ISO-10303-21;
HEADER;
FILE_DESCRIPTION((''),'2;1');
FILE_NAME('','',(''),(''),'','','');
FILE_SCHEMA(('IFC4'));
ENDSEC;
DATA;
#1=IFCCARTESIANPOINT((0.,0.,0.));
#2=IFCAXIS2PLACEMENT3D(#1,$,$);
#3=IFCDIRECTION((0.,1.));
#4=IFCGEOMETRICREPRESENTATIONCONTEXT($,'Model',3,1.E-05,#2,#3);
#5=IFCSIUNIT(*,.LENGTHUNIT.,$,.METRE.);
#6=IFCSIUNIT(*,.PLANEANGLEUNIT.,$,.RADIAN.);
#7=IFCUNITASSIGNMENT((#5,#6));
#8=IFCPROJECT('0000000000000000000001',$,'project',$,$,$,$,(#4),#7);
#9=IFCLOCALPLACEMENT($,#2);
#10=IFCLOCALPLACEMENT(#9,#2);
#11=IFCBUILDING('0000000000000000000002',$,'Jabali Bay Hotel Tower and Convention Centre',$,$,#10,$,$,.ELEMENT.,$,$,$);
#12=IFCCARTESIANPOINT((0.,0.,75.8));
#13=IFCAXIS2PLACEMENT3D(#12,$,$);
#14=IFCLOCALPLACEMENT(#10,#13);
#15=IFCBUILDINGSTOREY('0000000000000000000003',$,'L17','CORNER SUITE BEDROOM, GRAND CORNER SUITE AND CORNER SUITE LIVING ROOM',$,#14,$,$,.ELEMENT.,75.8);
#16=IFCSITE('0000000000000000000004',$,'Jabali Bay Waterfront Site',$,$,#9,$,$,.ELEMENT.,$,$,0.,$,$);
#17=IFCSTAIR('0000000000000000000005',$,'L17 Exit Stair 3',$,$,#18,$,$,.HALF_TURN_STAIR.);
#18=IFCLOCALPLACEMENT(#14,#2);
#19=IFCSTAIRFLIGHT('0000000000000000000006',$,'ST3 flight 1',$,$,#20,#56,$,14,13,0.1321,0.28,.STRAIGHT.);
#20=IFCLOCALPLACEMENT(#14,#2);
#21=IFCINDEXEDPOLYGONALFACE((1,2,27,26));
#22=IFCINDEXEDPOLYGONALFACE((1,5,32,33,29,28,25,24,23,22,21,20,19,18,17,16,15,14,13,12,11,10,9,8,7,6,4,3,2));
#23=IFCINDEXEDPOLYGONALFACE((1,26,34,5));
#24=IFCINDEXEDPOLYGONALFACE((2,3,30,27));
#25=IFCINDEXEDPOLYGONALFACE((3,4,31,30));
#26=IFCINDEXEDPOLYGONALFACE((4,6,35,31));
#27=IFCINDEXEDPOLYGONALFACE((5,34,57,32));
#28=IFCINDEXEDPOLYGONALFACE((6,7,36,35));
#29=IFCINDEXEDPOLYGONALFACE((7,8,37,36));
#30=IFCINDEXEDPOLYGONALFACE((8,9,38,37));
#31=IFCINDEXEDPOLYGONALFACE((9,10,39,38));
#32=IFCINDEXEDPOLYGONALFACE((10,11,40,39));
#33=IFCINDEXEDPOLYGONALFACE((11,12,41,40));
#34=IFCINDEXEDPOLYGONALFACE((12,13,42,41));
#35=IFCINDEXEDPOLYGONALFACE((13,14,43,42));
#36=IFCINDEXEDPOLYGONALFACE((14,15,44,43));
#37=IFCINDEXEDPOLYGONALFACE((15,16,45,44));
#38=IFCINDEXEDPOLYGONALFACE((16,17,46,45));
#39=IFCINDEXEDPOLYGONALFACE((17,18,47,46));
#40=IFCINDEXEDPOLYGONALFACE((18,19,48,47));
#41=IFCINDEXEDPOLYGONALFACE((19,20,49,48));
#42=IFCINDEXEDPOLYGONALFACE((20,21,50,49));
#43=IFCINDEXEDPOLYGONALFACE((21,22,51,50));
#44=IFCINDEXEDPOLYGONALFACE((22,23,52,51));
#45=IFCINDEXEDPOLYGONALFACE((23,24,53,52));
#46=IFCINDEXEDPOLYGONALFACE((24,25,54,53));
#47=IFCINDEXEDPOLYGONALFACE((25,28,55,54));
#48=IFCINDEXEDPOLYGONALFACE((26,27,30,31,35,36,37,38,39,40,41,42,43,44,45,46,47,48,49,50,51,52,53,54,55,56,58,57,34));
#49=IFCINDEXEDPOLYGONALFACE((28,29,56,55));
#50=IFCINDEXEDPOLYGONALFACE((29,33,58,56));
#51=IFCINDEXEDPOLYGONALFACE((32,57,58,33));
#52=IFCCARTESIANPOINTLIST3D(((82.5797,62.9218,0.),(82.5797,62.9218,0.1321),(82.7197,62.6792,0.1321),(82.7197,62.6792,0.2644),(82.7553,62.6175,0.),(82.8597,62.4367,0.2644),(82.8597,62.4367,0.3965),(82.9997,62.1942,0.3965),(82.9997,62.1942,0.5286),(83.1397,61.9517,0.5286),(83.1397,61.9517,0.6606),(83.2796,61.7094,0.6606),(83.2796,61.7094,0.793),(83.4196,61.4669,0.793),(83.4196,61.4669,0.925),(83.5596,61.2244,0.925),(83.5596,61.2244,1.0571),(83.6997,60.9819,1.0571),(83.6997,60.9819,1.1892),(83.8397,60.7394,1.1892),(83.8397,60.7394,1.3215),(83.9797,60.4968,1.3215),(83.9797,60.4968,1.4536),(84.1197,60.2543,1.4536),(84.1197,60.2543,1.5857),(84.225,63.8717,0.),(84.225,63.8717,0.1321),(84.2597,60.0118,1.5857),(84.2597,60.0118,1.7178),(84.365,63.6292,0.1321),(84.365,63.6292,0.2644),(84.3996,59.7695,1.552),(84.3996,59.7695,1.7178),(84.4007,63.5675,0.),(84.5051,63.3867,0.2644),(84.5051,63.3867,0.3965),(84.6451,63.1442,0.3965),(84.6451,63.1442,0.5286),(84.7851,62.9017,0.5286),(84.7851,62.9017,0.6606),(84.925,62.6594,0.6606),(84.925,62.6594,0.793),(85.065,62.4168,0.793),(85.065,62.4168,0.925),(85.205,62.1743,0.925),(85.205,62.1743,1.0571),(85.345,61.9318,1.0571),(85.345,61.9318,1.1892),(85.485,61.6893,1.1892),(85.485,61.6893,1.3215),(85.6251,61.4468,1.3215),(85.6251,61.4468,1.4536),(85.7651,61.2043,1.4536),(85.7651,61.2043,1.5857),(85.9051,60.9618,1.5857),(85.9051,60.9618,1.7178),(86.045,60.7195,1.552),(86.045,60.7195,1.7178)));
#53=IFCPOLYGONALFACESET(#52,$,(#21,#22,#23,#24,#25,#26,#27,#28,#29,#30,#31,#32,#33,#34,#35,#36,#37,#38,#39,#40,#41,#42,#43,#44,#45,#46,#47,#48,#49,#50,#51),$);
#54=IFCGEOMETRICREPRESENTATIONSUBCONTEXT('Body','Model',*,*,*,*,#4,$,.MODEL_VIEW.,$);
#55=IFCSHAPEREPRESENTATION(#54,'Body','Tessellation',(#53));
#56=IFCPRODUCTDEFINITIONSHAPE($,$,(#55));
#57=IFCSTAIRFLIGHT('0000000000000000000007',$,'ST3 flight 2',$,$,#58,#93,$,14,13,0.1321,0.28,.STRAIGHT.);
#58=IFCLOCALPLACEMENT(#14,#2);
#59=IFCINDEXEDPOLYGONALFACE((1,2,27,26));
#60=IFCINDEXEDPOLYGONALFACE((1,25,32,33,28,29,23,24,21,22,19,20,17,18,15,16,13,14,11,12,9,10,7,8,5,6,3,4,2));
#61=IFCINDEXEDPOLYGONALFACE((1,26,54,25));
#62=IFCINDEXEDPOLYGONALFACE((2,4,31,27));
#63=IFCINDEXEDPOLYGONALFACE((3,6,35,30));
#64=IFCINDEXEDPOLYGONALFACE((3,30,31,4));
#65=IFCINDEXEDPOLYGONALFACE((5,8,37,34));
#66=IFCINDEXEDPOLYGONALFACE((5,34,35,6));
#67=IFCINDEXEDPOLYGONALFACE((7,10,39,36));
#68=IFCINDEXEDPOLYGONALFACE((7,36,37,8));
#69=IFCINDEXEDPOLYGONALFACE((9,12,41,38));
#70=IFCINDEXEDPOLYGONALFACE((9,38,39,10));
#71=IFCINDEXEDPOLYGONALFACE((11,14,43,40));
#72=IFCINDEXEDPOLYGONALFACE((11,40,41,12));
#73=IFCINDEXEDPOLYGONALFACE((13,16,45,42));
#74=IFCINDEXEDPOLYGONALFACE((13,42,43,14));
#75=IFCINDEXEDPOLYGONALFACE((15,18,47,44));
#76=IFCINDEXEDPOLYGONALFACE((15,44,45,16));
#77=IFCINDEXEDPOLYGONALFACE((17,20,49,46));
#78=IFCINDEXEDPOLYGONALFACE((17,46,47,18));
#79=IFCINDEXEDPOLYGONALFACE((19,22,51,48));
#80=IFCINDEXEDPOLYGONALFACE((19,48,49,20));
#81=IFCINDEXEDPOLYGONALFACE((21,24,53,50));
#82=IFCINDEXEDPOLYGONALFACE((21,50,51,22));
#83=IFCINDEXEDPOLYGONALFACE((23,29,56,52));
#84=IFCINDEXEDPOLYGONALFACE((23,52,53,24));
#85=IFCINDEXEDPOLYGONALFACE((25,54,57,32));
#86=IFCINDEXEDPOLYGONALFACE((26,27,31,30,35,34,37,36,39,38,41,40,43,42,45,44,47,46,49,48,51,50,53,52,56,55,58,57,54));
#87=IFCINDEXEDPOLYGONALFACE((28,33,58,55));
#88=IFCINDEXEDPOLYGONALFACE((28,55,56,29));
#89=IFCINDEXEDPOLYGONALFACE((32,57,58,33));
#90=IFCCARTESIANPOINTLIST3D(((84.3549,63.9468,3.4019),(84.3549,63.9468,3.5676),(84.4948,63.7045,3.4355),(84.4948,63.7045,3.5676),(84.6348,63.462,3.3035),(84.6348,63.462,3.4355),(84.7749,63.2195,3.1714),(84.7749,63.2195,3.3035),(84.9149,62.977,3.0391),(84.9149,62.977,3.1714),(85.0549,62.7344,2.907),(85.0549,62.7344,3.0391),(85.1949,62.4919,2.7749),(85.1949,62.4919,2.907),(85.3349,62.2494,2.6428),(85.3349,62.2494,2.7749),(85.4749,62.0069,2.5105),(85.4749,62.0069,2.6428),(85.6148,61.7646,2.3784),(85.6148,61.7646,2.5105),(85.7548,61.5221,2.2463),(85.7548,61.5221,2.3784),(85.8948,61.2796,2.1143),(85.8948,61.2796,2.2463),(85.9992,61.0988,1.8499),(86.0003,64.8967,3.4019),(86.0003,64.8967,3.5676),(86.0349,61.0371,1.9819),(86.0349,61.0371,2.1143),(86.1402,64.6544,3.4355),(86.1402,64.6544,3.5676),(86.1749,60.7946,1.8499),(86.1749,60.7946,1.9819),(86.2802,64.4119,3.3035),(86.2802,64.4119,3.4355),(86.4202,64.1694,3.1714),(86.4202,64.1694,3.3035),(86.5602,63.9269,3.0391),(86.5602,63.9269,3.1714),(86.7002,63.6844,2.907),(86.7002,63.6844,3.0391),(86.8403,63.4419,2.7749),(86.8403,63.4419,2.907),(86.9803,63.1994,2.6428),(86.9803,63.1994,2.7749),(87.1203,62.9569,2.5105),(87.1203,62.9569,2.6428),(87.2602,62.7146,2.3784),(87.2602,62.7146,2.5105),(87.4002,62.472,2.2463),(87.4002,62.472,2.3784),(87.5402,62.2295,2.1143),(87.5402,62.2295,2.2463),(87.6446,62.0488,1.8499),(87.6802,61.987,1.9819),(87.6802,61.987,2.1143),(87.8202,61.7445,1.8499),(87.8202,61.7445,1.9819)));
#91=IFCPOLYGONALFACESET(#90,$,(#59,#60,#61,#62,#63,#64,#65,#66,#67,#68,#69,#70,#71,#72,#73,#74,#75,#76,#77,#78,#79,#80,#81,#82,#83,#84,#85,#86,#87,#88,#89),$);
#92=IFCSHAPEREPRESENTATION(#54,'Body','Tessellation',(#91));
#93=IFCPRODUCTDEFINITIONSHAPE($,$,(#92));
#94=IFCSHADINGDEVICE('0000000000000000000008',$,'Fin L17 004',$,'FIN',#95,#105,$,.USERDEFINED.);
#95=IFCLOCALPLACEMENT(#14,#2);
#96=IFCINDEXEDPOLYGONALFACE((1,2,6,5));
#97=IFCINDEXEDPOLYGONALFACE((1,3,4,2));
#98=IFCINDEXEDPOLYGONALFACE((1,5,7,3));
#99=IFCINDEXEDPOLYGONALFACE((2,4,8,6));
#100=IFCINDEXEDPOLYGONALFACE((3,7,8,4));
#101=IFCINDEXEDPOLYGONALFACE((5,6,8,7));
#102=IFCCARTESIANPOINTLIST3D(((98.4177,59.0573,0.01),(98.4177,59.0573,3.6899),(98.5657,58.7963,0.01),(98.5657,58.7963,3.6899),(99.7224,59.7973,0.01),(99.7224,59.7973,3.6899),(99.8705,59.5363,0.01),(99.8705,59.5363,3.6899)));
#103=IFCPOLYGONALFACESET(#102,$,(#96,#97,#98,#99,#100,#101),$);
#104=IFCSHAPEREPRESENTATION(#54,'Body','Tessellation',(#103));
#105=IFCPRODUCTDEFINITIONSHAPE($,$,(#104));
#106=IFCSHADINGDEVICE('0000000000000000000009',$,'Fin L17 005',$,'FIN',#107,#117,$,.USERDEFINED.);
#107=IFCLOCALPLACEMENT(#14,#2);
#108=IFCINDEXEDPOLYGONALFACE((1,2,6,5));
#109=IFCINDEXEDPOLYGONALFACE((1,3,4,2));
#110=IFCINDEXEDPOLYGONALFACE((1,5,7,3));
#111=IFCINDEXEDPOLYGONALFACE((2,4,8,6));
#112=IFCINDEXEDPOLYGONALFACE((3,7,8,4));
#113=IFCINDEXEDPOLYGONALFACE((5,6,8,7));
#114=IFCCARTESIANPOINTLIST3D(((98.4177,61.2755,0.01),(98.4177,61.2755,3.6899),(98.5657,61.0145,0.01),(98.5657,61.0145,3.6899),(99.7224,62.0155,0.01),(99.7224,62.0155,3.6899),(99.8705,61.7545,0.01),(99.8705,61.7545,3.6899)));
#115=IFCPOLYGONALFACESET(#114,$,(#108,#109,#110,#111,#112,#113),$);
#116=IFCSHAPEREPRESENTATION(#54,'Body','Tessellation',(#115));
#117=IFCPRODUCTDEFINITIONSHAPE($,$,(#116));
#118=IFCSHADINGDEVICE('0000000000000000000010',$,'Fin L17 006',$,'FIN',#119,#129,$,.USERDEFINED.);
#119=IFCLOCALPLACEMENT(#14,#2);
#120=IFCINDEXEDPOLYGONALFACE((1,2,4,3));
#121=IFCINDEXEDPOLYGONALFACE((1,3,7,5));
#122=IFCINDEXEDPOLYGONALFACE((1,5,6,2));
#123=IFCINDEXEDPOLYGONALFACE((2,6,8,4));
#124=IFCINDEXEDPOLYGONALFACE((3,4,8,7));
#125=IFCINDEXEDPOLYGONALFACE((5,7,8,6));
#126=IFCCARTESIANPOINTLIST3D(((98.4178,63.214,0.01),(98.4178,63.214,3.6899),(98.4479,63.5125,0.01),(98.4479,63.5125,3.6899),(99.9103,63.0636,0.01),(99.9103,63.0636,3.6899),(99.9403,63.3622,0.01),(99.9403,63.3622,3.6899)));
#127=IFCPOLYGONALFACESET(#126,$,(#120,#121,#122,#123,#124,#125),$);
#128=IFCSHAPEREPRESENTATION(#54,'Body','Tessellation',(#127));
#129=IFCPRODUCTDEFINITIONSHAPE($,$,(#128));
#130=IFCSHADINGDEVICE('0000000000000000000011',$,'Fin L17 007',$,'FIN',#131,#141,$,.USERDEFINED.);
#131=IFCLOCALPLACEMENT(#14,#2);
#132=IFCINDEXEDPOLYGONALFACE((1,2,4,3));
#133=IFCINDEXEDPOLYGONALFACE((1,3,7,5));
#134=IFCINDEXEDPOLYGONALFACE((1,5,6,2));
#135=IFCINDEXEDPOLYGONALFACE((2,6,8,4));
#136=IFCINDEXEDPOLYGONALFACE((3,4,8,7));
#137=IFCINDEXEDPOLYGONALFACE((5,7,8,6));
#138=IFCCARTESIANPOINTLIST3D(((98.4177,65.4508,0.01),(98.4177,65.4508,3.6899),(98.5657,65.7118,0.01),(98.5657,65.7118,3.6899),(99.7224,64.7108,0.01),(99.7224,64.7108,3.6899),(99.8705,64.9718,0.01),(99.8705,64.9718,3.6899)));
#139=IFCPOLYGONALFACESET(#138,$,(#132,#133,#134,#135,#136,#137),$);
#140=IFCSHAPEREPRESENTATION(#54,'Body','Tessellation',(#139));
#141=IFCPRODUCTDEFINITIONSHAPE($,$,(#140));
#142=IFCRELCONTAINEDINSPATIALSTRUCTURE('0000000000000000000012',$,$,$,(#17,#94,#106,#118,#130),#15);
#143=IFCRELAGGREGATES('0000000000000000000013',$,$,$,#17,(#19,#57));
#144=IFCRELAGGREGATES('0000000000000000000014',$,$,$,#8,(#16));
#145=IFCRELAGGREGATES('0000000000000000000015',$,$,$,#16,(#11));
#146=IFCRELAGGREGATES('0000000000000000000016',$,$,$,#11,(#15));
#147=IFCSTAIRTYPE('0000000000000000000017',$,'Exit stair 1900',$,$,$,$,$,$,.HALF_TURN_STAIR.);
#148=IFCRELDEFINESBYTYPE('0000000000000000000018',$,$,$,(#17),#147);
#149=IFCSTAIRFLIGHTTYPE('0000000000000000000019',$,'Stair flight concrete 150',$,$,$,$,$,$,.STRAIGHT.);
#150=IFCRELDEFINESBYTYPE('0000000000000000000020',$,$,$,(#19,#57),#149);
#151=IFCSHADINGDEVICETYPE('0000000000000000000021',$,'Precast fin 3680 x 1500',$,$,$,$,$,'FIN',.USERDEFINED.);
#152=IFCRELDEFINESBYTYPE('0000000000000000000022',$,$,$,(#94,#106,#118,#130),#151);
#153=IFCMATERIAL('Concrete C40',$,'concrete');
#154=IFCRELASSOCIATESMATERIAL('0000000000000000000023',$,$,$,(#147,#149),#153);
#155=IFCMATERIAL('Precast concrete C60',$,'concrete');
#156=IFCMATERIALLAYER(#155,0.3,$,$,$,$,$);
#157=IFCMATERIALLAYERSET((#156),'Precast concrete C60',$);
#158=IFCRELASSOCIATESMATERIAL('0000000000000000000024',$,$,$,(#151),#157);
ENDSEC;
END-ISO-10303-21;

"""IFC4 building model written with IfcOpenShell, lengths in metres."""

from ifc_helpers import new_model, si_unit, direction, frame, frame_2d, origin, place, context, subcontext, project, spatial, polyline, rectangle, outline, extrude, material, layer, layer_set, type_object, element, aggregate, save


model = new_model("IFC4")

# Units and contexts
model_context = context("Model", 3, precision=1e-05, world=origin(), true_north=direction((0.0, 1.0)))
body_context = subcontext(model_context, "Body", "Model", "MODEL_VIEW")
ifc_project = project(units=[si_unit("LENGTHUNIT", "METRE"), si_unit("PLANEANGLEUNIT", "RADIAN")], contexts=[model_context])

# Site, building, storey
site_placement = place(None, origin())
site = spatial("IfcSite", under=ifc_project, at=site_placement, Name="Jabali Bay Waterfront Site", CompositionType="ELEMENT", RefElevation=0.0)
building_placement = place(site_placement, origin())
building = spatial("IfcBuilding", under=site, at=building_placement, Name="Jabali Bay Hotel Tower and Convention Centre", CompositionType="ELEMENT")
storey_placement = place(building_placement, frame((0.0, 0.0, 75.8)))
storey = spatial("IfcBuildingStorey", under=building, at=storey_placement, Name="L17", Description="CORNER SUITE BEDROOM, GRAND CORNER SUITE AND CORNER SUITE LIVING ROOM", CompositionType="ELEMENT", Elevation=75.8)

# Shared definitions
ifc_material_1 = material(Name="Concrete C40", Category="concrete")

# Stair, stair flights
stair_type = type_object("IfcStairType", Name="Exit stair 1900", PredefinedType="HALF_TURN_STAIR", material=ifc_material_1)
stair_placement = place(storey_placement, origin())
stair = element("IfcStair", 1, at=stair_placement, inside=storey, type_object=stair_type, Name="L17 Exit Stair 3", PredefinedType="HALF_TURN_STAIR")
stair_flight_type = type_object("IfcStairFlightType", Name="Stair flight concrete 150", PredefinedType="STRAIGHT", material=ifc_material_1)
stair_flight_1_placement = place(storey_placement, frame((83.4023, 63.3967, 0.0), z_axis=(0.0, 0.0, 1.0), x_axis=(0.5, -0.866025, 0.0)))
stair_flight_1 = element("IfcStairFlight", 2, at=stair_flight_1_placement, type_object=stair_flight_type, Name="ST3 flight 1", NumberOfRisers=14, NumberOfTreads=13, PredefinedType="STRAIGHT", RiserHeight=0.1321, TreadLength=0.28, context=body_context, shape_type="SweptSolid", body=[
    extrude(outline(polyline([(0.0, 0.0), (0.0, 0.1321), (0.28, 0.1321), (0.28, 0.2644), (0.5601, 0.2644), (0.5601, 0.3965), (0.8401, 0.3965), (0.8401, 0.5286), (1.1201, 0.5286), (1.1201, 0.6606), (1.3999, 0.6606), (1.3999, 0.793), (1.6799, 0.793), (1.6799, 0.925), (1.96, 0.925), (1.96, 1.0571), (2.24, 1.0571), (2.24, 1.1892), (2.52, 1.1892), (2.52, 1.3215), (2.8, 1.3215), (2.8, 1.4536), (3.0801, 1.4536), (3.0801, 1.5857), (3.3601, 1.5857), (3.3601, 1.7178), (3.6399, 1.7178), (3.6399, 1.8501), (3.6399, 1.552), (0.3513, 0.0), (0.0, 0.0)])), frame((0.0, 0.95, 0.0), z_axis=(0.0, -1.0, 0.0), x_axis=(1.0, 0.0, 0.0)), (0.0, 0.0, 1.0), 1.8999),
])
stair_flight_2_placement = place(storey_placement, frame((86.9976, 61.2695, 1.8499), z_axis=(0.0, 0.0, 1.0), x_axis=(-0.5, 0.866025, 0.0)))
stair_flight_2 = element("IfcStairFlight", 3, at=stair_flight_2_placement, type_object=stair_flight_type, Name="ST3 flight 2", NumberOfRisers=14, NumberOfTreads=13, PredefinedType="STRAIGHT", RiserHeight=0.1321, TreadLength=0.28, context=body_context, shape_type="SweptSolid", body=[
    extrude(outline(polyline([(0.0, 0.0), (0.0, 0.1321), (0.28, 0.1321), (0.28, 0.2644), (0.5601, 0.2644), (0.5601, 0.3965), (0.8401, 0.3965), (0.8401, 0.5286), (1.1201, 0.5286), (1.1201, 0.6606), (1.3999, 0.6606), (1.3999, 0.793), (1.6799, 0.793), (1.6799, 0.925), (1.96, 0.925), (1.96, 1.0571), (2.24, 1.0571), (2.24, 1.1892), (2.52, 1.1892), (2.52, 1.3215), (2.8, 1.3215), (2.8, 1.4536), (3.0801, 1.4536), (3.0801, 1.5857), (3.3601, 1.5857), (3.3601, 1.7178), (3.6399, 1.7178), (3.6399, 1.8501), (3.6399, 1.552), (0.3513, 0.0), (0.0, 0.0)])), frame((0.0, 0.95, 0.0), z_axis=(0.0, -1.0, 0.0), x_axis=(1.0, 0.0, 0.0)), (0.0, 0.0, 1.0), 1.8999),
])
aggregate(stair, [stair_flight_1, stair_flight_2])

# Shading devices
ifc_material_2 = material(Name="Precast concrete C60", Category="concrete")
ifc_layer_1 = layer(ifc_material_2, 0.3)
ifc_layer_set_1 = layer_set([ifc_layer_1], Name="Precast concrete C60")
shading_device_type = type_object("IfcShadingDeviceType", Name="Precast fin 3680 x 1500", ElementType="FIN", PredefinedType="USERDEFINED", material=ifc_layer_set_1)
for number, where, z_axis, x_axis, name in (
    (4, (98.4917, 58.9268, 0.01), (0.0, 0.0, 1.0), (0.869831, 0.493349, 0.0), "Fin L17 004"),
    (5, (98.4917, 61.145, 0.01), (0.0, 0.0, 1.0), (0.869831, 0.493349, 0.0), "Fin L17 005"),
    (6, (98.4329, 63.3633, 0.01), (0.0, 0.0, 1.0), (0.994961, -0.100261, 0.0), "Fin L17 006"),
    (7, (98.4917, 65.5813, 0.01), (0.0, 0.0, 1.0), (0.869831, -0.493349, 0.0), "Fin L17 007"),
):
    element("IfcShadingDevice", number, at=place(storey_placement, frame(where, z_axis=z_axis, x_axis=x_axis)), inside=storey, type_object=shading_device_type, Name=name, ObjectType="FIN", PredefinedType="USERDEFINED", context=body_context, shape_type="SweptSolid", body=[
        extrude(rectangle(XDim=1.5, YDim=0.3, at=frame_2d((0.75, 0.0))), origin(), (0.0, 0.0, 1.0), 3.6799),
    ])

save(model, "model.ifc")
